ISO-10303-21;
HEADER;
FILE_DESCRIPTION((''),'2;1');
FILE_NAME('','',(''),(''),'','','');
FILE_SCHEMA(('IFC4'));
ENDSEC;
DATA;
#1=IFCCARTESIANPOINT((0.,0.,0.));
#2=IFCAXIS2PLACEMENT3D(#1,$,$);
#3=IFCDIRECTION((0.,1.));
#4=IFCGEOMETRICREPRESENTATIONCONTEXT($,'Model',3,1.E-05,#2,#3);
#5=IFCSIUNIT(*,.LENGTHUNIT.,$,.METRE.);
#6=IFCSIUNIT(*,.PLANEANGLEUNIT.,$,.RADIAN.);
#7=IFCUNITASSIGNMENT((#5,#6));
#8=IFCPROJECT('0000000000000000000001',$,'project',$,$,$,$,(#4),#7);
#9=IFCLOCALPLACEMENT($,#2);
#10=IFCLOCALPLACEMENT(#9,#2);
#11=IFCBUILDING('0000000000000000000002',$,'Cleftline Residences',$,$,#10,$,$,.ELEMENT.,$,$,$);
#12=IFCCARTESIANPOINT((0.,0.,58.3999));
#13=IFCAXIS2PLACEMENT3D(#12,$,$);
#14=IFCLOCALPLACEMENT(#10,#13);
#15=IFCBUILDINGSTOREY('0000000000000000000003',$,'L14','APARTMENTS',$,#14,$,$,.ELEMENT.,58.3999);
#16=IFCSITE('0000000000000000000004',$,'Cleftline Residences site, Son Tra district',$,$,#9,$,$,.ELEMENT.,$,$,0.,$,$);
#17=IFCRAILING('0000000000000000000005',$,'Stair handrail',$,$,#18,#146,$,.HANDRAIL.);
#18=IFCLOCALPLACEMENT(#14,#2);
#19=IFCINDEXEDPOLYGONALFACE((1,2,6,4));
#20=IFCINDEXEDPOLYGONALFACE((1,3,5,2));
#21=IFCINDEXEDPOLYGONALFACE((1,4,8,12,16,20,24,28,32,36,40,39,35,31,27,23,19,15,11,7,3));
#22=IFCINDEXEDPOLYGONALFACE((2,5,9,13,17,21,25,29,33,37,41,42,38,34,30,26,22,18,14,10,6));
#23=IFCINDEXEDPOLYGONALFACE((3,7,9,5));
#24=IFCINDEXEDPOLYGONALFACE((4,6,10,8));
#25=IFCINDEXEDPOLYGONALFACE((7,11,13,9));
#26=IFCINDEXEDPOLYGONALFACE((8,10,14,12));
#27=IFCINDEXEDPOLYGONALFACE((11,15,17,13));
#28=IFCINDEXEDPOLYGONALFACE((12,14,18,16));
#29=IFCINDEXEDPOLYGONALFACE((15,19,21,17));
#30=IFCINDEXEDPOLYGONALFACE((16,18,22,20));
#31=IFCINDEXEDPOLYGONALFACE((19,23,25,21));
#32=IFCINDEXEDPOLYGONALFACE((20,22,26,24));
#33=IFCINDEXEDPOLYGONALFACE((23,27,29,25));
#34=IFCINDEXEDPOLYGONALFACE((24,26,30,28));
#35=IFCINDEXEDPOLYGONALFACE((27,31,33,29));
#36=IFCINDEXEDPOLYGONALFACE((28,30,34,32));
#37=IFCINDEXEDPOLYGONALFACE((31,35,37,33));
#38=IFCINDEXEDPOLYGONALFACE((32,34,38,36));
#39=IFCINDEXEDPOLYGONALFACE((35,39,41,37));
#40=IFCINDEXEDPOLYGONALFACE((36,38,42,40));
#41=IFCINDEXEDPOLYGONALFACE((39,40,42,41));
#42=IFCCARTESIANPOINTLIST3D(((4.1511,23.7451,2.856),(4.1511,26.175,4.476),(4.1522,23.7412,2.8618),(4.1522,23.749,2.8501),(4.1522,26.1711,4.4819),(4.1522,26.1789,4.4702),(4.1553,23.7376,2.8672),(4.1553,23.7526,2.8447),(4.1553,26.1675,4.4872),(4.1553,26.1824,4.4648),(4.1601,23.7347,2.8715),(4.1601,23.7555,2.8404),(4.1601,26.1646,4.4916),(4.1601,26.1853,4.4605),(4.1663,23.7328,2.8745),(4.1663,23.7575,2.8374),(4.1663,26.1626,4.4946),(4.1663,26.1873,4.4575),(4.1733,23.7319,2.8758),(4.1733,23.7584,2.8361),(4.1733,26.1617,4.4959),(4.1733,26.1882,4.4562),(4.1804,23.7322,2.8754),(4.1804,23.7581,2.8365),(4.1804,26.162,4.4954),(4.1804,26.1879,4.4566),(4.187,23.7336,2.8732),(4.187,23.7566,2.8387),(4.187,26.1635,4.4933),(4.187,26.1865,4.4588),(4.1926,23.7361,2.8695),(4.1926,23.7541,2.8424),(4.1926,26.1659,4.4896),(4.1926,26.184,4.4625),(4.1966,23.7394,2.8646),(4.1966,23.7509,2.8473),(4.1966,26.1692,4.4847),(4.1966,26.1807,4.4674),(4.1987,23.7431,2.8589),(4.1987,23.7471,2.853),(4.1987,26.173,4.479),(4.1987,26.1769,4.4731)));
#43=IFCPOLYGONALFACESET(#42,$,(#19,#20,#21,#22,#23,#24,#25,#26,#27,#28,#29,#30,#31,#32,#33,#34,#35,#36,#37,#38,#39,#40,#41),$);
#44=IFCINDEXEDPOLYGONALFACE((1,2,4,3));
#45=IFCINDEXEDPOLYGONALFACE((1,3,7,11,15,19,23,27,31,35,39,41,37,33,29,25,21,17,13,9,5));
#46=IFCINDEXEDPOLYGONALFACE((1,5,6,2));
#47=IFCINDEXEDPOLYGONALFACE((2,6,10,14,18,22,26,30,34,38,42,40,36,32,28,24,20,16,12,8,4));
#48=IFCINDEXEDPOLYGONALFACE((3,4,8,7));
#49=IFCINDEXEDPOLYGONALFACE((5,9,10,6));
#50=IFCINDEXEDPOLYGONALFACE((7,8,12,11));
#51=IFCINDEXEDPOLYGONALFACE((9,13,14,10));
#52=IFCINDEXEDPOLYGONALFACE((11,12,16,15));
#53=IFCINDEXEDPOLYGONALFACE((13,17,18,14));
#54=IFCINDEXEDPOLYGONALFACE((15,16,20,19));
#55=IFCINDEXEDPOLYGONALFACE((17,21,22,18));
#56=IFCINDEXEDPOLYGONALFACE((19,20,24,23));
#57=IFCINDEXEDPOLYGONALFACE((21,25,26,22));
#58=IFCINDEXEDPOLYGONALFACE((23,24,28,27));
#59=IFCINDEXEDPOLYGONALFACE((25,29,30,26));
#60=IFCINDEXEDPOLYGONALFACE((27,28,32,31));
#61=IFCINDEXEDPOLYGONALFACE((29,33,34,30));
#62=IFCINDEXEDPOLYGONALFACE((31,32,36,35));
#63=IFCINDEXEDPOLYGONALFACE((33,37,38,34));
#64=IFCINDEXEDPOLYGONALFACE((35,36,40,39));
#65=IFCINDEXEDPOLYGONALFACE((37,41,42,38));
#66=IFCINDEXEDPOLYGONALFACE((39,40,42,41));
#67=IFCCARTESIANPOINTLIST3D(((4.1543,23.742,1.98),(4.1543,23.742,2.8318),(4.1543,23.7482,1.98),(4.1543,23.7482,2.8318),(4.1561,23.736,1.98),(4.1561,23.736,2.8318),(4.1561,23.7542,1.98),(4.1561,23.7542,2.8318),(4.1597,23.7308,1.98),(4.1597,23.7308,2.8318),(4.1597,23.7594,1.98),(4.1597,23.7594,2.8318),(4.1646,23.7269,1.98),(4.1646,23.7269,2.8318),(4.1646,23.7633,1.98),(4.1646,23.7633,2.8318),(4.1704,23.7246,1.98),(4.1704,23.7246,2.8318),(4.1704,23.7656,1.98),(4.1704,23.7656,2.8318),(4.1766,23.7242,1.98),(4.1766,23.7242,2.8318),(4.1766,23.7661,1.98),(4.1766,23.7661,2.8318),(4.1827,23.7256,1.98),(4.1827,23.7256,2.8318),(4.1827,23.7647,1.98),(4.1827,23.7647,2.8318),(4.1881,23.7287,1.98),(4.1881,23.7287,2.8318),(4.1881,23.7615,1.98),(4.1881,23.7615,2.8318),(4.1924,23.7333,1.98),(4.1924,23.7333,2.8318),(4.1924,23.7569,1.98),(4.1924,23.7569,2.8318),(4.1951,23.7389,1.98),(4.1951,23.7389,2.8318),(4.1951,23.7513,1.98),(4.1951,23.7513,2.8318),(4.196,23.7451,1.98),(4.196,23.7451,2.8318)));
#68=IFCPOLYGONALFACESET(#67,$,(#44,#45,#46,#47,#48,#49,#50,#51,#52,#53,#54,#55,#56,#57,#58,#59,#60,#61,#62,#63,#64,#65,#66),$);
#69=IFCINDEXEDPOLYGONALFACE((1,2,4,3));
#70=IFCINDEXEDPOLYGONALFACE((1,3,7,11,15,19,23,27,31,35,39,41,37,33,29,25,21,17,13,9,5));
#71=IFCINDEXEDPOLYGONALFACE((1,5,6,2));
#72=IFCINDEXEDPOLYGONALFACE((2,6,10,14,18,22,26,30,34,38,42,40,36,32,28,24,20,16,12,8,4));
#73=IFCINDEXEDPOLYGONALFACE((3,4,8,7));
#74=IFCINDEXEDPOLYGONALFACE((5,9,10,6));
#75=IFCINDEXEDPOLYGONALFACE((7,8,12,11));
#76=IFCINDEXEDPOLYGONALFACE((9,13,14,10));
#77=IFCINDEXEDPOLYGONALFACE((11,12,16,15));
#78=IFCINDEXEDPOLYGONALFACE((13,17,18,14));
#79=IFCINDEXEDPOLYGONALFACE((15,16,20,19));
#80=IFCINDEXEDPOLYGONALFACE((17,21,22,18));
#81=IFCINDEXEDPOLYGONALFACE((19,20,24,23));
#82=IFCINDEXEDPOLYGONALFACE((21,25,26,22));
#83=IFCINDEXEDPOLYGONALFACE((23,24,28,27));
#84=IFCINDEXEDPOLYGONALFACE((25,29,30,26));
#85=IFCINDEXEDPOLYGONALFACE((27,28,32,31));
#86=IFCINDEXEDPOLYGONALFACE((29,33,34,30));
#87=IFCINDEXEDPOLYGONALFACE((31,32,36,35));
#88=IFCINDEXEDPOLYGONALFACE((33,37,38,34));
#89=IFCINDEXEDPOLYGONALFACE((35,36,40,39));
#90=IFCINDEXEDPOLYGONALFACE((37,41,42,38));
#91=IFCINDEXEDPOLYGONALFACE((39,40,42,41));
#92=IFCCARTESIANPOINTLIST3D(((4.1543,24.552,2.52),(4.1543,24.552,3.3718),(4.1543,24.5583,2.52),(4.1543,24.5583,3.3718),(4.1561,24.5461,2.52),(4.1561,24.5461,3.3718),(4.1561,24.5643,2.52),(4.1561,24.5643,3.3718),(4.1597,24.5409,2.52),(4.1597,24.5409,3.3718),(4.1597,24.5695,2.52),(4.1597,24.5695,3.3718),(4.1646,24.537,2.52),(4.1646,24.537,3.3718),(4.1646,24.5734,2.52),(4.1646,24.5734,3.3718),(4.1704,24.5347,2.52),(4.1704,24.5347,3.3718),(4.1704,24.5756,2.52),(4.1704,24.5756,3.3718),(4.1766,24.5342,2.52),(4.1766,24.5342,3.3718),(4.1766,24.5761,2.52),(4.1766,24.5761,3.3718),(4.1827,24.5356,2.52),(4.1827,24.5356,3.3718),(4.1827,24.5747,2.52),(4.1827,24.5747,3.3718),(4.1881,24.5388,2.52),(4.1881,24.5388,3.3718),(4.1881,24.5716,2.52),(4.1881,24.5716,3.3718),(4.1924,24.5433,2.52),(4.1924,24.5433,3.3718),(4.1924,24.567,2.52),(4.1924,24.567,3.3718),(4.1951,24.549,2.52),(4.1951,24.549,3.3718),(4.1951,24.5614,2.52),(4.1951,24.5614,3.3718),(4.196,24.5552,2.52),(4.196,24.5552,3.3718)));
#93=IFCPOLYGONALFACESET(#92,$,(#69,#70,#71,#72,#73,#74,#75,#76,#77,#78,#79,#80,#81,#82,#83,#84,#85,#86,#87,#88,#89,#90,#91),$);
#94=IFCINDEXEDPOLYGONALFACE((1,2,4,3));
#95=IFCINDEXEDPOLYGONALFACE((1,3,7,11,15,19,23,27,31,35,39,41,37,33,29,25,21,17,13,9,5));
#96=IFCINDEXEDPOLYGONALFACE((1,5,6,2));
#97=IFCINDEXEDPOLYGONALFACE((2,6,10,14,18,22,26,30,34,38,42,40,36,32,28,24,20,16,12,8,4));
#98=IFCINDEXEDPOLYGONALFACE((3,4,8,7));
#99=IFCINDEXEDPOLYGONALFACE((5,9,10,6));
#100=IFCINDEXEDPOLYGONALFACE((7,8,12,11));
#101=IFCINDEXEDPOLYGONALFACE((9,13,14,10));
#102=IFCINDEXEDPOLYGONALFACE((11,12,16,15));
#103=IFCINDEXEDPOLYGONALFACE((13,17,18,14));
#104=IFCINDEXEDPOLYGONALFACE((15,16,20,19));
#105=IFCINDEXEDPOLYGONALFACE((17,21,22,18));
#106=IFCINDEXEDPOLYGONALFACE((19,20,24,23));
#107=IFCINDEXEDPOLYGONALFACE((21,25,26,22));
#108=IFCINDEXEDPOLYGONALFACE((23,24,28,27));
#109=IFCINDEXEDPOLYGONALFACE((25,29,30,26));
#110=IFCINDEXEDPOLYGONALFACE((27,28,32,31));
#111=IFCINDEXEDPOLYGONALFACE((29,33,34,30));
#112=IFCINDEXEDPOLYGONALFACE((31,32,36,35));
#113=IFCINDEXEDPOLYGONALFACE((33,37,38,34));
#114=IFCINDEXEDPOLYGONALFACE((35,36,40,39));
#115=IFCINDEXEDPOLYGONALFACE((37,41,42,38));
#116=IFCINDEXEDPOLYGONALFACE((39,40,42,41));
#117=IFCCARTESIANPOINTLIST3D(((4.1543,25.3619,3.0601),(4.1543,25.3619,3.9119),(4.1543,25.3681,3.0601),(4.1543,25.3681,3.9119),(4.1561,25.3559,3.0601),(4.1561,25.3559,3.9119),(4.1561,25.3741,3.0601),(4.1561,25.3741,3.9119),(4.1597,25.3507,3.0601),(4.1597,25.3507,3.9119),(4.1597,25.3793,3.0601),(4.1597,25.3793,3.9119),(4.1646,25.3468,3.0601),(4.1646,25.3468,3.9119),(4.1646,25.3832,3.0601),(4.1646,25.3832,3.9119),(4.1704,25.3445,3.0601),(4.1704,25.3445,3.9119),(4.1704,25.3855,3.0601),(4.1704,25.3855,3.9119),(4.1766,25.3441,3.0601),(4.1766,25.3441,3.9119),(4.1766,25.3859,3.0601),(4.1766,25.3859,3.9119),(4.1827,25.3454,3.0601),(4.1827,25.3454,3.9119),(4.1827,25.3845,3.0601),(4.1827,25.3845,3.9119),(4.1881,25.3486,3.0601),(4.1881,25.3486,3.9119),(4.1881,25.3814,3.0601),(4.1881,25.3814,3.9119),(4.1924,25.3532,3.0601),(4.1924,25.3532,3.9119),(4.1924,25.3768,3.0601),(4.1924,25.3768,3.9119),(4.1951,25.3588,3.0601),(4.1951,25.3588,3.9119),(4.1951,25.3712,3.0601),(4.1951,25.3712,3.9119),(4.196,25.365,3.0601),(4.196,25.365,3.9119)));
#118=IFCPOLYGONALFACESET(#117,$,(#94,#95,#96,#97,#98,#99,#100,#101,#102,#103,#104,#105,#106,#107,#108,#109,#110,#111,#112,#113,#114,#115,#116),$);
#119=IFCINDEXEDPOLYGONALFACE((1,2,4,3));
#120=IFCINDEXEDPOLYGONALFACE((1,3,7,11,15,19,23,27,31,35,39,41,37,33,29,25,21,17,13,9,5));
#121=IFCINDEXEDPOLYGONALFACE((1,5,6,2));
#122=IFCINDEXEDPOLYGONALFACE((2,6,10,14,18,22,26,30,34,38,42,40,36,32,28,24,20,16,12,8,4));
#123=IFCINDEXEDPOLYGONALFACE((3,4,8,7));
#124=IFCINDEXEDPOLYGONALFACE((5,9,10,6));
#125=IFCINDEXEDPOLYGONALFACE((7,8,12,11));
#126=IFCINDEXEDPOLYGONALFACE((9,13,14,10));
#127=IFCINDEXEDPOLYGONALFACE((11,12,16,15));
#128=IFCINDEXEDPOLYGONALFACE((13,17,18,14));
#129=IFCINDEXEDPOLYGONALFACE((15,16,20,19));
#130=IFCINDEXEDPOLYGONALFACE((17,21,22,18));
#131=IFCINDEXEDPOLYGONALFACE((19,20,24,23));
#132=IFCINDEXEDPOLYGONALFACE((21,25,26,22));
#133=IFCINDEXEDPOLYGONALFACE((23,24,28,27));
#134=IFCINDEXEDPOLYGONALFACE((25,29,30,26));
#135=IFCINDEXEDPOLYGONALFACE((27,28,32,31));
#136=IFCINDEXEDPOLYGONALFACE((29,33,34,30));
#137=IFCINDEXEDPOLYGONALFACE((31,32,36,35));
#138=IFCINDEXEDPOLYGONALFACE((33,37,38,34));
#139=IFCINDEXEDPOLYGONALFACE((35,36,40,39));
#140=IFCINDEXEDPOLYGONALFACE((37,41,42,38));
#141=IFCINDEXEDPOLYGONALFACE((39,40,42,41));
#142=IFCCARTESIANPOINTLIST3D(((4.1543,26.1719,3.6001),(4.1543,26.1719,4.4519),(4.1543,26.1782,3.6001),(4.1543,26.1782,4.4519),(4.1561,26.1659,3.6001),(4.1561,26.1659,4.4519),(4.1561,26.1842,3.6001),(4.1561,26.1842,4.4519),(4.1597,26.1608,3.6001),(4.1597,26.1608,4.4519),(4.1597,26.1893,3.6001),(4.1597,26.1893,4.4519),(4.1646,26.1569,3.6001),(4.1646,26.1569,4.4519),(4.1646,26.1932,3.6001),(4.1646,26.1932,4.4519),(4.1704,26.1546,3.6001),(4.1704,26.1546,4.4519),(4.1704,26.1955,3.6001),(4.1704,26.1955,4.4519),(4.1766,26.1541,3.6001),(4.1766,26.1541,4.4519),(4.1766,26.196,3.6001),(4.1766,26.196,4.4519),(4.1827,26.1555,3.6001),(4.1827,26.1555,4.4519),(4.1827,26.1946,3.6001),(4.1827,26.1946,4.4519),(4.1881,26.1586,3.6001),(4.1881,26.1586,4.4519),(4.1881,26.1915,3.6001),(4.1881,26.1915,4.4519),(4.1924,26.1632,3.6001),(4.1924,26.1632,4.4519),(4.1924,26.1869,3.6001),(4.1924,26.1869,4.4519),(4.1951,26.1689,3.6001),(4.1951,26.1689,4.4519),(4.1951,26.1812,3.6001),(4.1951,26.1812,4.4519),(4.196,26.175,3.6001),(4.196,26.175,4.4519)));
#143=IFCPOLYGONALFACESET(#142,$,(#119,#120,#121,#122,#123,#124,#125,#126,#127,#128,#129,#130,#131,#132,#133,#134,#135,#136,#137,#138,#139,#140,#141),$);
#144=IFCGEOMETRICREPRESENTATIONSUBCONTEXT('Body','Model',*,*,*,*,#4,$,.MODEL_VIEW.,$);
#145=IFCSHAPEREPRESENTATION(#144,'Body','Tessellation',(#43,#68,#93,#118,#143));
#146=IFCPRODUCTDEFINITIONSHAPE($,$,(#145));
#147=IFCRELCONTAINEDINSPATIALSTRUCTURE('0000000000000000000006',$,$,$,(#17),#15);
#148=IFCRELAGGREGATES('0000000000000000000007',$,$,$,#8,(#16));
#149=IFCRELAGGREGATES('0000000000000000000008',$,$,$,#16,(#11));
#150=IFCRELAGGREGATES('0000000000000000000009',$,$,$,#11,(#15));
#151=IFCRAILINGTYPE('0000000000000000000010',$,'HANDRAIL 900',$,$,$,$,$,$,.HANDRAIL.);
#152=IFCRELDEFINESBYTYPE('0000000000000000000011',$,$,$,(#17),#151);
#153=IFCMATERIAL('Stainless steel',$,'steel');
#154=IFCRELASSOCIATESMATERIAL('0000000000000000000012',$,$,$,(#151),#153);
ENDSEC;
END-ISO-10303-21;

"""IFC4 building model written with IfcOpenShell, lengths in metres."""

from ifc_helpers import new_model, si_unit, direction, frame, origin, origin_2d, place, context, subcontext, project, spatial, circle, extrude, material, type_object, element, save


model = new_model("IFC4")

# Units and contexts
model_context = context("Model", 3, precision=1e-05, world=origin(), true_north=direction((0.0, 1.0)))
body_context = subcontext(model_context, "Body", "Model", "MODEL_VIEW")
ifc_project = project(units=[si_unit("LENGTHUNIT", "METRE"), si_unit("PLANEANGLEUNIT", "RADIAN")], contexts=[model_context])

# Site, building, storey
site_placement = place(None, origin())
site = spatial("IfcSite", under=ifc_project, at=site_placement, Name="Cleftline Residences site, Son Tra district", CompositionType="ELEMENT", RefElevation=0.0)
building_placement = place(site_placement, origin())
building = spatial("IfcBuilding", under=site, at=building_placement, Name="Cleftline Residences", CompositionType="ELEMENT")
storey_placement = place(building_placement, frame((0.0, 0.0, 58.3999)))
storey = spatial("IfcBuildingStorey", under=building, at=storey_placement, Name="L14", Description="APARTMENTS", CompositionType="ELEMENT", Elevation=58.3999)

# Railing
ifc_material_1 = material(Name="Stainless steel", Category="steel")
railing_type = type_object("IfcRailingType", Name="HANDRAIL 900", PredefinedType="HANDRAIL", material=ifc_material_1)
railing_1_placement = place(storey_placement, frame((4.175, 23.7451, 1.98)))
element("IfcRailing", 1, at=railing_1_placement, inside=storey, type_object=railing_type, Name="Stair handrail", PredefinedType="HANDRAIL", context=body_context, shape_type="SweptSolid", body=[
    extrude(circle(Radius=0.0239, at=origin_2d()), frame((0.0, 0.0, 0.876), z_axis=(0.0, 0.832025, 0.554739), x_axis=(-1.0, 0.0, 0.0)), (0.0, 0.0, 1.0), 2.9204),
    extrude(circle(Radius=0.021, at=origin_2d()), origin(), (0.0, 0.0, 1.0), 0.8518),
    extrude(circle(Radius=0.021, at=origin_2d()), frame((0.0, 0.8101, 0.54)), (0.0, 0.0, 1.0), 0.8518),
    extrude(circle(Radius=0.021, at=origin_2d()), frame((0.0, 1.6199, 1.0801)), (0.0, 0.0, 1.0), 0.8518),
    extrude(circle(Radius=0.021, at=origin_2d()), frame((0.0, 2.4299, 1.6201)), (0.0, 0.0, 1.0), 0.8518),
])

save(model, "model.ifc")
